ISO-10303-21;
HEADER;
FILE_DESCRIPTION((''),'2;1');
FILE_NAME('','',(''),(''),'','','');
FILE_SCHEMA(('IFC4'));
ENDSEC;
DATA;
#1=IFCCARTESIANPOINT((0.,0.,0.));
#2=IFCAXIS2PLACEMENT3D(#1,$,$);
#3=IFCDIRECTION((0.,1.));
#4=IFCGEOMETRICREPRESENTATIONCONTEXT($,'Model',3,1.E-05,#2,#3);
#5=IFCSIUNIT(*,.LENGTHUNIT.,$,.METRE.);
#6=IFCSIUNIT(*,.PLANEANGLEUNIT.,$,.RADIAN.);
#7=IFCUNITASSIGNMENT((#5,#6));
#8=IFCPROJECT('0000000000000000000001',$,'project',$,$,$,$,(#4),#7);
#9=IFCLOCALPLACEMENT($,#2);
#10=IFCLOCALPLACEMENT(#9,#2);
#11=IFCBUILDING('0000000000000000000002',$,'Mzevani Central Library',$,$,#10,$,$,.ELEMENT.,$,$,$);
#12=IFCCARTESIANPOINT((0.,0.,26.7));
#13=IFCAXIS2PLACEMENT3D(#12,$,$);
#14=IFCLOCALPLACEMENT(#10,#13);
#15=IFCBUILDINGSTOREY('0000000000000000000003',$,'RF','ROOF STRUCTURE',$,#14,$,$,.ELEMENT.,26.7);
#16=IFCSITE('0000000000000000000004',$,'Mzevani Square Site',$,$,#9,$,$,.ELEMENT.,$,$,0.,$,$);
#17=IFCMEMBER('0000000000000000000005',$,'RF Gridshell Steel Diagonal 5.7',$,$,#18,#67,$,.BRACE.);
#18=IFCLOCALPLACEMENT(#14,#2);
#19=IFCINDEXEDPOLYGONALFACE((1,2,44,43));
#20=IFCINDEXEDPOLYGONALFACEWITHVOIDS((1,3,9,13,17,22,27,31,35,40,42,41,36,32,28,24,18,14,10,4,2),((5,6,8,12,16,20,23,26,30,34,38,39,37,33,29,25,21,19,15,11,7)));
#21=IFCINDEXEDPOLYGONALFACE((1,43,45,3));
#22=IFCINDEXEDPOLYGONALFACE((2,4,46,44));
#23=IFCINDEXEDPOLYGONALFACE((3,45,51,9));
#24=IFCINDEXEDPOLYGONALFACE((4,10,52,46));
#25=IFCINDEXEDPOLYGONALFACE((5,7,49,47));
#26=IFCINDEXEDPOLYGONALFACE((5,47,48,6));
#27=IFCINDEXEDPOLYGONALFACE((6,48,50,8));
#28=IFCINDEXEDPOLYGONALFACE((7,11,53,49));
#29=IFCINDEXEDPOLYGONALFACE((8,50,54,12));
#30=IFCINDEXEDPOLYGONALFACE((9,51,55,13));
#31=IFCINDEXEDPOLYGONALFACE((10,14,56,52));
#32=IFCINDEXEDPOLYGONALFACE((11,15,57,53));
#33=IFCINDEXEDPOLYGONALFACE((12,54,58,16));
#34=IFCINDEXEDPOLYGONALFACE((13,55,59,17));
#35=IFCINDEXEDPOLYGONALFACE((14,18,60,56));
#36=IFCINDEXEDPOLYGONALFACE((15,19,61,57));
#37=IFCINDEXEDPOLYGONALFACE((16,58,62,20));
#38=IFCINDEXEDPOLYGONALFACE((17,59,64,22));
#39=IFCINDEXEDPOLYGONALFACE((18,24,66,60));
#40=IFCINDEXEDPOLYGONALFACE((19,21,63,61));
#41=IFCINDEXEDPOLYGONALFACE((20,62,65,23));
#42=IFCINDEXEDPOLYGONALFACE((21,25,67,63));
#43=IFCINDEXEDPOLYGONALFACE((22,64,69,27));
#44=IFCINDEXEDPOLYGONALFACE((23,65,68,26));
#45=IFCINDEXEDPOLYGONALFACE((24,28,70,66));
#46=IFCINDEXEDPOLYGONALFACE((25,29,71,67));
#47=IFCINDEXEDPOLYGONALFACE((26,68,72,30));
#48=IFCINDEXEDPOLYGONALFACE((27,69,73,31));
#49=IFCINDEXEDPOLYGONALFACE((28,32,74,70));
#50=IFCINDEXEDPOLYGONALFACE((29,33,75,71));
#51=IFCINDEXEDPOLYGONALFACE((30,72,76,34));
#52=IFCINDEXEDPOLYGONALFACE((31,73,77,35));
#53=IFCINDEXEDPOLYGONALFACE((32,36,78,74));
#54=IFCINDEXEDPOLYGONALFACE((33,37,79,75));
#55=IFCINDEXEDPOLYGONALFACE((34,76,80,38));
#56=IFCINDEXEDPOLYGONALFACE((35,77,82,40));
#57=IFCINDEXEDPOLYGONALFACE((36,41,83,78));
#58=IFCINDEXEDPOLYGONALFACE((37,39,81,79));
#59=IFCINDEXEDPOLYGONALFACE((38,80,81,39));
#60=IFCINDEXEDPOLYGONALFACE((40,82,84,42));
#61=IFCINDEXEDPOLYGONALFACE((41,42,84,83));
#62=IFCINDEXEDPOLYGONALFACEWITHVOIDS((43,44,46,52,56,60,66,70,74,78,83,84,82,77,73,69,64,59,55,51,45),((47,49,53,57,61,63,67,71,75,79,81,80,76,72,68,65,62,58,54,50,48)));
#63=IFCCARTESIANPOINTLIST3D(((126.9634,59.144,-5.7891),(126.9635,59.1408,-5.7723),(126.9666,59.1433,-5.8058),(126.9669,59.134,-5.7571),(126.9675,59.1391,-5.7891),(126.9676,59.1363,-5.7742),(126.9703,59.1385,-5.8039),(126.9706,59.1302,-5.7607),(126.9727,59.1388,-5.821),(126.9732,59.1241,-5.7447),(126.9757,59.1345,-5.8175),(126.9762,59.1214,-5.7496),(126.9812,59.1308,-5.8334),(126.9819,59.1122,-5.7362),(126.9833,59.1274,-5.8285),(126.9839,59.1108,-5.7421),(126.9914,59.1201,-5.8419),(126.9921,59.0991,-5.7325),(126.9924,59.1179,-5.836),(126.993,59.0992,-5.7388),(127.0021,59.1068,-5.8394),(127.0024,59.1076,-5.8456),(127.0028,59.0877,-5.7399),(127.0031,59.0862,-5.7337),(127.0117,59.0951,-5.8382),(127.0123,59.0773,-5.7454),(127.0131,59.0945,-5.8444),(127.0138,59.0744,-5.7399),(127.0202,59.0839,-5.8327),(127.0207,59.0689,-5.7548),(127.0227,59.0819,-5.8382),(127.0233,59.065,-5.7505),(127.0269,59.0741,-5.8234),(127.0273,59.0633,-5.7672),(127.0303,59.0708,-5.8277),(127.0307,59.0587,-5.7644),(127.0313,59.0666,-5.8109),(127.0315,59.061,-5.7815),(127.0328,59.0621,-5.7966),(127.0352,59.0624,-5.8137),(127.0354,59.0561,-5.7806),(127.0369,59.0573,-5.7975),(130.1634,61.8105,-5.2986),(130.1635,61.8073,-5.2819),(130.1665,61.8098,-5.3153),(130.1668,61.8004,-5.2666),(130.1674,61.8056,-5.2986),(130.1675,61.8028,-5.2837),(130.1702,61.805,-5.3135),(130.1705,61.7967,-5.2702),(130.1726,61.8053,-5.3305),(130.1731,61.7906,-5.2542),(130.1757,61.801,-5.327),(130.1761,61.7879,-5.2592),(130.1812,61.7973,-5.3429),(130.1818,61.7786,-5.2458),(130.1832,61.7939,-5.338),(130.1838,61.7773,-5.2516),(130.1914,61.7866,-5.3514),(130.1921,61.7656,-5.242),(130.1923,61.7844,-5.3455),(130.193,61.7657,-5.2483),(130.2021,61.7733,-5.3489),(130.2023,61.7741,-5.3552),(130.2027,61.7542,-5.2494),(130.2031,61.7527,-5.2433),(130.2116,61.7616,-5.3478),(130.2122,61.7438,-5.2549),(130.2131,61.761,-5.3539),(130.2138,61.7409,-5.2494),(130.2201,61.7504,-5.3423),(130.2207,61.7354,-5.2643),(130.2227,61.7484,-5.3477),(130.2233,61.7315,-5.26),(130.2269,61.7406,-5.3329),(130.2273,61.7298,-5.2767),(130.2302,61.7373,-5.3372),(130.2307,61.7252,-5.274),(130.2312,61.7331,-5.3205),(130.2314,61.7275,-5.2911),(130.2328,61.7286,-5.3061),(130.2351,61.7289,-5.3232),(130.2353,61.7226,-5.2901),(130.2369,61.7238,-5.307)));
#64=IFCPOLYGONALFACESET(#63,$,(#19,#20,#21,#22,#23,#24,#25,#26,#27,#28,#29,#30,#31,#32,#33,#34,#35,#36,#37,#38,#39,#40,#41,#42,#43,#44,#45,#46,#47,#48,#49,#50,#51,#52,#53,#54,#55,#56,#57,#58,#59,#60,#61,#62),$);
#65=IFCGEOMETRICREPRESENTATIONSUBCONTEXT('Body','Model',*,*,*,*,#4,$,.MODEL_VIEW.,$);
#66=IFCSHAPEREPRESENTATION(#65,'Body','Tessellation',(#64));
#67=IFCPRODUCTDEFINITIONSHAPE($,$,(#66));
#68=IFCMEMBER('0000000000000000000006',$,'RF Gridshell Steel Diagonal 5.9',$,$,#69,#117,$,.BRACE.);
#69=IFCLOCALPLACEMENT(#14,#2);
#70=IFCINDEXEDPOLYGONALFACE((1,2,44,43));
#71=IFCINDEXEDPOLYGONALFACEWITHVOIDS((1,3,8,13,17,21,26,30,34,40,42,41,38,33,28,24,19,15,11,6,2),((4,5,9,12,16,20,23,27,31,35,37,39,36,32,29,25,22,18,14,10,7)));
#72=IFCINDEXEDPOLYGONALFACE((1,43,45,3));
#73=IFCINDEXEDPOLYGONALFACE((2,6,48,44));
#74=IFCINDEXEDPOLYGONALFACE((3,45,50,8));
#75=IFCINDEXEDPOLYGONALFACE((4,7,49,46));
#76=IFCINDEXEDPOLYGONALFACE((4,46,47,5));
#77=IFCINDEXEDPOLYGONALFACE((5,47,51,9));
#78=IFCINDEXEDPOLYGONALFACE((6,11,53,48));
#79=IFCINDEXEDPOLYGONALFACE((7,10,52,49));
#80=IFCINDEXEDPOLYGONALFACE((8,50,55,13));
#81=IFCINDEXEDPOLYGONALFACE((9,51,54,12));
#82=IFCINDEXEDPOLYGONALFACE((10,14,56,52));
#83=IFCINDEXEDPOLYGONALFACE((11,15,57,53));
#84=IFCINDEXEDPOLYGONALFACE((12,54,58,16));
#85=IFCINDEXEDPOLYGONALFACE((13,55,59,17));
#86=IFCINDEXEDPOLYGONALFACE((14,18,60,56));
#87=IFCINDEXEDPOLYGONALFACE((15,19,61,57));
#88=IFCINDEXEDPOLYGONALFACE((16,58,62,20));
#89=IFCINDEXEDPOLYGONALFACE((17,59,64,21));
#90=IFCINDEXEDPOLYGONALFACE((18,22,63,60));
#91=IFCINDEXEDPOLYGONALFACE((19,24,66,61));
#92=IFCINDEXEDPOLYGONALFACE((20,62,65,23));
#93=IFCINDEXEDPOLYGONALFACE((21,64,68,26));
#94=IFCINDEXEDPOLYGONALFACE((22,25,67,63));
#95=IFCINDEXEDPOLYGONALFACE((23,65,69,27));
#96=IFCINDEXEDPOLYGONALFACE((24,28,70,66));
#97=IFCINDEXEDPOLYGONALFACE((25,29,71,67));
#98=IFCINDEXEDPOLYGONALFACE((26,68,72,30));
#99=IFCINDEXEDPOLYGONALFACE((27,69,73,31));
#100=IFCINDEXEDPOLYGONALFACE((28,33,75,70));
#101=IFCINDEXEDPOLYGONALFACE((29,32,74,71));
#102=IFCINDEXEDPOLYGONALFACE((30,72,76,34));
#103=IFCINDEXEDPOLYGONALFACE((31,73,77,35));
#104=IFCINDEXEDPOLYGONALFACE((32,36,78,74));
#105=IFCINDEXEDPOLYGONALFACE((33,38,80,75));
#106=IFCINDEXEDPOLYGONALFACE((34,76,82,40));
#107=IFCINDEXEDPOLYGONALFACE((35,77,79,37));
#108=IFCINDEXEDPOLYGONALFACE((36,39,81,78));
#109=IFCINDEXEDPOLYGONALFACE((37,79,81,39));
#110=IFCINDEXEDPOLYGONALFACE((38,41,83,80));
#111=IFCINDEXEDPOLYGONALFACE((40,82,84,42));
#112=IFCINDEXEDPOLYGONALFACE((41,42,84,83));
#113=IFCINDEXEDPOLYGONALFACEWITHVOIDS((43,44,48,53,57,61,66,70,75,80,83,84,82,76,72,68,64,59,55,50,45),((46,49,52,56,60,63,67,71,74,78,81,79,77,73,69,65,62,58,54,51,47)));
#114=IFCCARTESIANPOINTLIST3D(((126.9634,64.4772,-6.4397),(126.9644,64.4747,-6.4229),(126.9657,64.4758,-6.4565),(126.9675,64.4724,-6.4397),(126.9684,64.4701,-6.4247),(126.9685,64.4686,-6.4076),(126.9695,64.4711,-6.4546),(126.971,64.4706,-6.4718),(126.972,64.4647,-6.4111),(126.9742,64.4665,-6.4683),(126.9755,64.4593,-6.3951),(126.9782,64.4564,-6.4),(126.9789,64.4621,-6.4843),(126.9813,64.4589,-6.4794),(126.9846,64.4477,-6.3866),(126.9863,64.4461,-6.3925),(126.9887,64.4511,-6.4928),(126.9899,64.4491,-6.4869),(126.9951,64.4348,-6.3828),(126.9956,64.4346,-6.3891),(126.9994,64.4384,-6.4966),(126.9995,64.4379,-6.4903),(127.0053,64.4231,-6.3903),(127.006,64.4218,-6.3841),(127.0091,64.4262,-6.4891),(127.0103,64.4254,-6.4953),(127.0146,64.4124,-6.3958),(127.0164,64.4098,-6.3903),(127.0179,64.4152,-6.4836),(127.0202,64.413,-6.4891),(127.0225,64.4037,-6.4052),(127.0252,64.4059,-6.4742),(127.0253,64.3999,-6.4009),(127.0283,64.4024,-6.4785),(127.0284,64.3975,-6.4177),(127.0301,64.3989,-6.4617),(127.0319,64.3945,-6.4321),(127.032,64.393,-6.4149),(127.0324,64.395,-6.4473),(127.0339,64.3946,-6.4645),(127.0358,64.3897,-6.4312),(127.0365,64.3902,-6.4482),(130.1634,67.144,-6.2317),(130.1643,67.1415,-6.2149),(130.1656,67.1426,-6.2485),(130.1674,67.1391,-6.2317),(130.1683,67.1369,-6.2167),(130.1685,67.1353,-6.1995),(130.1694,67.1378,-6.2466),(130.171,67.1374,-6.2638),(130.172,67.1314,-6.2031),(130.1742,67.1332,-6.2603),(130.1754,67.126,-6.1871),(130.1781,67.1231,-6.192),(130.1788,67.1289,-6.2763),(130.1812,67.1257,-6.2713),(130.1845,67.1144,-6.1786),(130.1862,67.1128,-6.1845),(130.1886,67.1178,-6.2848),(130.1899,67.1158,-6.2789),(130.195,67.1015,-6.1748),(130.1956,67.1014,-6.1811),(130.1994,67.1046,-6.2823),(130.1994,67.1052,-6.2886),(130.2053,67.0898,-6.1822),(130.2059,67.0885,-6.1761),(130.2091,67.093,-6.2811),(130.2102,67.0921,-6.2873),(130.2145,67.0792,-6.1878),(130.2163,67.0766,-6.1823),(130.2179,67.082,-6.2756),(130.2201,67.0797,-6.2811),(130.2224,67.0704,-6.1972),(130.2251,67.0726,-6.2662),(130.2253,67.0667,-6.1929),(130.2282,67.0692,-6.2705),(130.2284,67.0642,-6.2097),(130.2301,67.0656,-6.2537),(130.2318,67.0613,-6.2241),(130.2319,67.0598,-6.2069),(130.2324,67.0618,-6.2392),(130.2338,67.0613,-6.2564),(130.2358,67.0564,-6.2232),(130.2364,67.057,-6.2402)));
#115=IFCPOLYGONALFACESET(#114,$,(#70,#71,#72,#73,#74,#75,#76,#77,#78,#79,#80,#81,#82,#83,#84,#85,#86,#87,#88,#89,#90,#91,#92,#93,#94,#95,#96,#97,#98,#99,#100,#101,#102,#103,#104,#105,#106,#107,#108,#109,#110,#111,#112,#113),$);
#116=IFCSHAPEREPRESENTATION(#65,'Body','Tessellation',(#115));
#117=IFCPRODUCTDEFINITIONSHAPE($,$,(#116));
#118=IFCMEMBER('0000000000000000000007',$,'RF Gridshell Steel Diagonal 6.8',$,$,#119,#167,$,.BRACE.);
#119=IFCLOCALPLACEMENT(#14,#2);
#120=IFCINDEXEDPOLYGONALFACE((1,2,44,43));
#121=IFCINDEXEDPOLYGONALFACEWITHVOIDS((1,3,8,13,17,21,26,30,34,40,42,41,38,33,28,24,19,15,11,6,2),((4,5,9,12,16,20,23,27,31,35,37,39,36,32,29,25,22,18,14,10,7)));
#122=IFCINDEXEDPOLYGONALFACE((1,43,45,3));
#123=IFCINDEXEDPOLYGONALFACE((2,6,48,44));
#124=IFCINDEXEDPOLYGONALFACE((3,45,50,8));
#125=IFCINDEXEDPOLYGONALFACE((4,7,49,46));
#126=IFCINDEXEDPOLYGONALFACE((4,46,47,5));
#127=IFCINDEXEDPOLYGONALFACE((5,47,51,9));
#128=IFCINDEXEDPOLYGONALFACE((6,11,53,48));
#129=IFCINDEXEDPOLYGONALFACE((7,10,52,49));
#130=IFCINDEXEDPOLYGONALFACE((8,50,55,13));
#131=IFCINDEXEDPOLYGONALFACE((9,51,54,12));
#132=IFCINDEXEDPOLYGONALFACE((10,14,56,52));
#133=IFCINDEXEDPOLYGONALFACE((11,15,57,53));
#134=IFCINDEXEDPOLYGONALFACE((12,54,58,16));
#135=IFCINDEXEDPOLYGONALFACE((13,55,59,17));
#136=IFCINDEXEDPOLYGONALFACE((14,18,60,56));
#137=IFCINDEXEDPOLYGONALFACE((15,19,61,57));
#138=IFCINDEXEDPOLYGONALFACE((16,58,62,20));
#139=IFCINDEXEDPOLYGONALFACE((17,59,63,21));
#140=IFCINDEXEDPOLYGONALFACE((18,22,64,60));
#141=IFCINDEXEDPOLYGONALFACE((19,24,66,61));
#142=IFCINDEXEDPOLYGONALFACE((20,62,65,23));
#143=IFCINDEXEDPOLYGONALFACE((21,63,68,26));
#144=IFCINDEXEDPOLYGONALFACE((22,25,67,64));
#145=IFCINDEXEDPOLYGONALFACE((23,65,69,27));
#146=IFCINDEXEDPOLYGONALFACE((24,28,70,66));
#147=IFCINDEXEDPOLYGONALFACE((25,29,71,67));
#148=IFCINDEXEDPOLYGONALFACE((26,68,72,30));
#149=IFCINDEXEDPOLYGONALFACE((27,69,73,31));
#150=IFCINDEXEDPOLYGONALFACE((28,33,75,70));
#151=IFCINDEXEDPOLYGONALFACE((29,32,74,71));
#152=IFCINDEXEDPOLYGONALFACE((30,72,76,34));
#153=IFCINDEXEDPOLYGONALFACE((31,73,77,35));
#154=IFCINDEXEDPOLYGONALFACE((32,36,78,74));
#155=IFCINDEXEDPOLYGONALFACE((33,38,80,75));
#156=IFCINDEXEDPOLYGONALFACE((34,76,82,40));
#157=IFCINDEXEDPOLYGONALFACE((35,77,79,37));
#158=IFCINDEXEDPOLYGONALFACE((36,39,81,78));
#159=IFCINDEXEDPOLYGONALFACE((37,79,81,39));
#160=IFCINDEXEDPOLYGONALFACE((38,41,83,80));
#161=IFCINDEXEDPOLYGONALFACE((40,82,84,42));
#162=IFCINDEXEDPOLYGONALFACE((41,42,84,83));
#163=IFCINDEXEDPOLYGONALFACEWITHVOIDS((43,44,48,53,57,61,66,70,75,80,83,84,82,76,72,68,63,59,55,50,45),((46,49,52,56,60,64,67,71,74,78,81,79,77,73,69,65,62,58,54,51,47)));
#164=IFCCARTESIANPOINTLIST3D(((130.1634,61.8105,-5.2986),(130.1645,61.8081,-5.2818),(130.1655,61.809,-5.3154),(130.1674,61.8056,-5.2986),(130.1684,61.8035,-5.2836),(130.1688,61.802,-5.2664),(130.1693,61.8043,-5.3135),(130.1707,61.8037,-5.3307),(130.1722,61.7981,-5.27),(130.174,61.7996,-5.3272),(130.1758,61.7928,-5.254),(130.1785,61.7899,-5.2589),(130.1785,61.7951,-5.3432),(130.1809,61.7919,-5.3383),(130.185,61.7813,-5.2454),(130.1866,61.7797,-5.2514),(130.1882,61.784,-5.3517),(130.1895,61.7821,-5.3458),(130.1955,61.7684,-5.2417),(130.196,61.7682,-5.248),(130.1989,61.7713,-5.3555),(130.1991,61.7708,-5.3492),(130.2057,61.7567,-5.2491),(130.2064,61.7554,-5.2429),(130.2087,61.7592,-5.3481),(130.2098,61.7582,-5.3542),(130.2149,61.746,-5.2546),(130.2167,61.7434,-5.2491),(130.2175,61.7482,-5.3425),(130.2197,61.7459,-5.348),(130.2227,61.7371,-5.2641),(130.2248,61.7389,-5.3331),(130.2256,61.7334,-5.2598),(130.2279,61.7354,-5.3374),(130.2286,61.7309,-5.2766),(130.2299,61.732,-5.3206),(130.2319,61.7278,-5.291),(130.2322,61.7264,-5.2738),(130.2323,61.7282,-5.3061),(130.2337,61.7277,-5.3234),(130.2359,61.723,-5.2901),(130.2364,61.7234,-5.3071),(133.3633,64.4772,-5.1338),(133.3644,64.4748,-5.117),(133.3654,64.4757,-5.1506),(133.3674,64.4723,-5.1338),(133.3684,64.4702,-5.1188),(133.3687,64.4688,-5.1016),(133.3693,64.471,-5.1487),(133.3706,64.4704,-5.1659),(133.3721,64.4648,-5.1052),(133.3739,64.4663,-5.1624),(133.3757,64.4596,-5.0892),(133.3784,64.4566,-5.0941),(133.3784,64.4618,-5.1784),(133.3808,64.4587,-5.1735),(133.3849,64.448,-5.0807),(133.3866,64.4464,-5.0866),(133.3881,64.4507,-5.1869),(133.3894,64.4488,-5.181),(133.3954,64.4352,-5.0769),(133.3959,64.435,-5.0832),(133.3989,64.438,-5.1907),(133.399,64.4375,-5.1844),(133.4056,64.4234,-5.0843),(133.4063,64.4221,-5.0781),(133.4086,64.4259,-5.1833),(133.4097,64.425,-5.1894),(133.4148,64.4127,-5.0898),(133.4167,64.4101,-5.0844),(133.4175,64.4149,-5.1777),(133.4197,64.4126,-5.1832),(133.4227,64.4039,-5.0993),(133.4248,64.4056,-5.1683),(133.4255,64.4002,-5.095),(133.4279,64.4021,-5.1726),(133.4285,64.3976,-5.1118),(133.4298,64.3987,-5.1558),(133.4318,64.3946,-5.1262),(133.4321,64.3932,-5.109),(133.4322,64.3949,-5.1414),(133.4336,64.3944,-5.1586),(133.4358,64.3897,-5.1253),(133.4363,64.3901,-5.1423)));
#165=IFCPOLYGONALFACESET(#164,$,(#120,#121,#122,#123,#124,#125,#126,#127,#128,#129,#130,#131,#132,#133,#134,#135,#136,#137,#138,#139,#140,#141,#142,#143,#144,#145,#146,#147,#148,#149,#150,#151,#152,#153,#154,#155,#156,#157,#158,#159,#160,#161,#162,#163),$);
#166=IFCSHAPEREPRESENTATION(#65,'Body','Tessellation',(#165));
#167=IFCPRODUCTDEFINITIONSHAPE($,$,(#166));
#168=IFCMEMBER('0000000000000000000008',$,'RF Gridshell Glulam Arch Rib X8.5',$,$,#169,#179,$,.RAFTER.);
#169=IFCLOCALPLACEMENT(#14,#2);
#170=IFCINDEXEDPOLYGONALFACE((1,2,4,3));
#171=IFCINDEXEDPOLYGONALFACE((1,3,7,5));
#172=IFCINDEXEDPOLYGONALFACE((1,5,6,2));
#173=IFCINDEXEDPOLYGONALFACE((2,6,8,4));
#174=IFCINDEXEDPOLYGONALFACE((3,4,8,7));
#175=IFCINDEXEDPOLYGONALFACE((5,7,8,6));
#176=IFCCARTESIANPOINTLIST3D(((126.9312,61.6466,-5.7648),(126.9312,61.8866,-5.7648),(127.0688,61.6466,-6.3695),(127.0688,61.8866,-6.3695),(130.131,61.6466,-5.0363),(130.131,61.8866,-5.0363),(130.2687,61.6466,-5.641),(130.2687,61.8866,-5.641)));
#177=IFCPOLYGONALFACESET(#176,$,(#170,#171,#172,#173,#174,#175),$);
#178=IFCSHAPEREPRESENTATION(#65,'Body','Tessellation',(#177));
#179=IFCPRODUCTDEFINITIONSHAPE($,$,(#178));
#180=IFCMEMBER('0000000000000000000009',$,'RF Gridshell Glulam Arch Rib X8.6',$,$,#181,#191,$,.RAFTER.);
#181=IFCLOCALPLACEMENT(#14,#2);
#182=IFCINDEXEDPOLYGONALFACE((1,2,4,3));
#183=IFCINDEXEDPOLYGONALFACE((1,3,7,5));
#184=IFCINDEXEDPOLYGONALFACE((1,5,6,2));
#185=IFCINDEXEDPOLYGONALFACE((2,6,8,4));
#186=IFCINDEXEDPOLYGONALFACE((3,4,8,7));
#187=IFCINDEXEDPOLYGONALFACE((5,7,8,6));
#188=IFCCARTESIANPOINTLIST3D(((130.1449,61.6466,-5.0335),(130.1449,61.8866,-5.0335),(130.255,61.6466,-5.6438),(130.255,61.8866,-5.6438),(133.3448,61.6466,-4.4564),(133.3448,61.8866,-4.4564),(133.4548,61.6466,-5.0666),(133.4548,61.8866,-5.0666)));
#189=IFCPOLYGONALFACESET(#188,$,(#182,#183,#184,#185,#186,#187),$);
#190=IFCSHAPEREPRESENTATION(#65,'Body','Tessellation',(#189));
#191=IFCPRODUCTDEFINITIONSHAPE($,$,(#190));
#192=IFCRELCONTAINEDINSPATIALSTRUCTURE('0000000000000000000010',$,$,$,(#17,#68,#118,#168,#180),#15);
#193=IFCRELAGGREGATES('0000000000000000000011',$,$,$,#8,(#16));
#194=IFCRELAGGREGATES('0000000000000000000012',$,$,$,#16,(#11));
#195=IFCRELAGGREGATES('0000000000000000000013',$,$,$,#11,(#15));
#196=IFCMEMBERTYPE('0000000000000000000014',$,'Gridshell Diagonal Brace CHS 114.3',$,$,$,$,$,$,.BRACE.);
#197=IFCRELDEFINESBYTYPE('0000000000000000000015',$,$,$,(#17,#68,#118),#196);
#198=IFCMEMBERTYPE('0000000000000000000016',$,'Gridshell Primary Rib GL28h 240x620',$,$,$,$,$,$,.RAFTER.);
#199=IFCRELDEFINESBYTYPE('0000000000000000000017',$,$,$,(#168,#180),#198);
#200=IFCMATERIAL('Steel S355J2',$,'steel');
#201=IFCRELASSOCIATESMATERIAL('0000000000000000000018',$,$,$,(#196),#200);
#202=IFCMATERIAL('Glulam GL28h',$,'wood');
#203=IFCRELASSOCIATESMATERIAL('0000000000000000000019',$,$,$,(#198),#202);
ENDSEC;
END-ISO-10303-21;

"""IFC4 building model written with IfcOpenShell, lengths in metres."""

from ifc_helpers import new_model, si_unit, direction, frame, origin, origin_2d, place, context, subcontext, project, spatial, rectangle, hollow_circle, extrude, material, material_profile, profile_set, type_object, element, save


model = new_model("IFC4")

# Units and contexts
model_context = context("Model", 3, precision=1e-05, world=origin(), true_north=direction((0.0, 1.0)))
body_context = subcontext(model_context, "Body", "Model", "MODEL_VIEW")
ifc_project = project(units=[si_unit("LENGTHUNIT", "METRE"), si_unit("PLANEANGLEUNIT", "RADIAN")], contexts=[model_context])

# Site, building, storey
site_placement = place(None, origin())
site = spatial("IfcSite", under=ifc_project, at=site_placement, Name="Mzevani Square Site", CompositionType="ELEMENT", RefElevation=0.0)
building_placement = place(site_placement, origin())
building = spatial("IfcBuilding", under=site, at=building_placement, Name="Mzevani Central Library", CompositionType="ELEMENT")
storey_placement = place(building_placement, frame((0.0, 0.0, 26.7)))
storey = spatial("IfcBuildingStorey", under=building, at=storey_placement, Name="RF", Description="ROOF STRUCTURE", CompositionType="ELEMENT", Elevation=26.7)

# Members
ifc_material_1 = material(Name="Steel S355J2", Category="steel")
ifc_material_profile_1 = material_profile(ifc_material_1, hollow_circle(Radius=0.0571, WallThickness=0.0063, at=origin_2d()), Name="CHS 114.3x6.3")
ifc_profile_set_1 = profile_set([ifc_material_profile_1], Name="Steel S355J2")
member_type_1 = type_object("IfcMemberType", Name="Gridshell Diagonal Brace CHS 114.3", PredefinedType="BRACE", material=ifc_profile_set_1)
member_1_placement = place(storey_placement, frame((127.0, 59.1001, -5.7891), z_axis=(0.762964, 0.635775, 0.116945), x_axis=(-0.640167, 0.768236, 0.0)))
element("IfcMember", 1, at=member_1_placement, inside=storey, type_object=member_type_1, Name="RF Gridshell Steel Diagonal 5.7", PredefinedType="BRACE", context=body_context, shape_type="SweptSolid", body=[
    extrude(hollow_circle(Radius=0.0571, WallThickness=0.0063, at=origin_2d()), origin(), (0.0, 0.0, 1.0), 4.1941),
])
member_2_placement = place(storey_placement, frame((127.0, 64.4333, -6.4397), z_axis=(0.767251, 0.639405, 0.049874), x_axis=(-0.640202, 0.768207, 0.0)))
element("IfcMember", 2, at=member_2_placement, inside=storey, type_object=member_type_1, Name="RF Gridshell Steel Diagonal 5.9", PredefinedType="BRACE", context=body_context, shape_type="SweptSolid", body=[
    extrude(hollow_circle(Radius=0.0571, WallThickness=0.0063, at=origin_2d()), origin(), (0.0, 0.0, 1.0), 4.1707),
])
member_3_placement = place(storey_placement, frame((130.2, 61.7666, -5.2986), z_axis=(0.767606, 0.639701, 0.039531), x_axis=(-0.640202, 0.768207, 0.0)))
element("IfcMember", 3, at=member_3_placement, inside=storey, type_object=member_type_1, Name="RF Gridshell Steel Diagonal 6.8", PredefinedType="BRACE", context=body_context, shape_type="SweptSolid", body=[
    extrude(hollow_circle(Radius=0.0571, WallThickness=0.0063, at=origin_2d()), origin(), (0.0, 0.0, 1.0), 4.1687),
])
ifc_material_2 = material(Name="Glulam GL28h", Category="wood")
ifc_material_profile_2 = material_profile(ifc_material_2, rectangle(XDim=0.24, YDim=0.6201, at=origin_2d()), Name="GL28h 240x620")
ifc_profile_set_2 = profile_set([ifc_material_profile_2], Name="Glulam GL28h")
member_type_2 = type_object("IfcMemberType", Name="Gridshell Primary Rib GL28h 240x620", PredefinedType="RAFTER", material=ifc_profile_set_2)
member_4_placement = place(storey_placement, frame((127.0, 61.7666, -6.0671), z_axis=(0.97505, 0.0, 0.221984), x_axis=(0.0, 1.0, 0.0)))
element("IfcMember", 4, at=member_4_placement, inside=storey, type_object=member_type_2, Name="RF Gridshell Glulam Arch Rib X8.5", PredefinedType="RAFTER", context=body_context, shape_type="SweptSolid", body=[
    extrude(rectangle(XDim=0.24, YDim=0.6201, at=origin_2d()), origin(), (0.0, 0.0, 1.0), 3.2817),
])
member_5_placement = place(storey_placement, frame((130.2, 61.7666, -5.3386), z_axis=(0.984121, 0.0, 0.177498), x_axis=(0.0, 1.0, 0.0)))
element("IfcMember", 5, at=member_5_placement, inside=storey, type_object=member_type_2, Name="RF Gridshell Glulam Arch Rib X8.6", PredefinedType="RAFTER", context=body_context, shape_type="SweptSolid", body=[
    extrude(rectangle(XDim=0.24, YDim=0.6201, at=origin_2d()), origin(), (0.0, 0.0, 1.0), 3.2515),
])

save(model, "model.ifc")
